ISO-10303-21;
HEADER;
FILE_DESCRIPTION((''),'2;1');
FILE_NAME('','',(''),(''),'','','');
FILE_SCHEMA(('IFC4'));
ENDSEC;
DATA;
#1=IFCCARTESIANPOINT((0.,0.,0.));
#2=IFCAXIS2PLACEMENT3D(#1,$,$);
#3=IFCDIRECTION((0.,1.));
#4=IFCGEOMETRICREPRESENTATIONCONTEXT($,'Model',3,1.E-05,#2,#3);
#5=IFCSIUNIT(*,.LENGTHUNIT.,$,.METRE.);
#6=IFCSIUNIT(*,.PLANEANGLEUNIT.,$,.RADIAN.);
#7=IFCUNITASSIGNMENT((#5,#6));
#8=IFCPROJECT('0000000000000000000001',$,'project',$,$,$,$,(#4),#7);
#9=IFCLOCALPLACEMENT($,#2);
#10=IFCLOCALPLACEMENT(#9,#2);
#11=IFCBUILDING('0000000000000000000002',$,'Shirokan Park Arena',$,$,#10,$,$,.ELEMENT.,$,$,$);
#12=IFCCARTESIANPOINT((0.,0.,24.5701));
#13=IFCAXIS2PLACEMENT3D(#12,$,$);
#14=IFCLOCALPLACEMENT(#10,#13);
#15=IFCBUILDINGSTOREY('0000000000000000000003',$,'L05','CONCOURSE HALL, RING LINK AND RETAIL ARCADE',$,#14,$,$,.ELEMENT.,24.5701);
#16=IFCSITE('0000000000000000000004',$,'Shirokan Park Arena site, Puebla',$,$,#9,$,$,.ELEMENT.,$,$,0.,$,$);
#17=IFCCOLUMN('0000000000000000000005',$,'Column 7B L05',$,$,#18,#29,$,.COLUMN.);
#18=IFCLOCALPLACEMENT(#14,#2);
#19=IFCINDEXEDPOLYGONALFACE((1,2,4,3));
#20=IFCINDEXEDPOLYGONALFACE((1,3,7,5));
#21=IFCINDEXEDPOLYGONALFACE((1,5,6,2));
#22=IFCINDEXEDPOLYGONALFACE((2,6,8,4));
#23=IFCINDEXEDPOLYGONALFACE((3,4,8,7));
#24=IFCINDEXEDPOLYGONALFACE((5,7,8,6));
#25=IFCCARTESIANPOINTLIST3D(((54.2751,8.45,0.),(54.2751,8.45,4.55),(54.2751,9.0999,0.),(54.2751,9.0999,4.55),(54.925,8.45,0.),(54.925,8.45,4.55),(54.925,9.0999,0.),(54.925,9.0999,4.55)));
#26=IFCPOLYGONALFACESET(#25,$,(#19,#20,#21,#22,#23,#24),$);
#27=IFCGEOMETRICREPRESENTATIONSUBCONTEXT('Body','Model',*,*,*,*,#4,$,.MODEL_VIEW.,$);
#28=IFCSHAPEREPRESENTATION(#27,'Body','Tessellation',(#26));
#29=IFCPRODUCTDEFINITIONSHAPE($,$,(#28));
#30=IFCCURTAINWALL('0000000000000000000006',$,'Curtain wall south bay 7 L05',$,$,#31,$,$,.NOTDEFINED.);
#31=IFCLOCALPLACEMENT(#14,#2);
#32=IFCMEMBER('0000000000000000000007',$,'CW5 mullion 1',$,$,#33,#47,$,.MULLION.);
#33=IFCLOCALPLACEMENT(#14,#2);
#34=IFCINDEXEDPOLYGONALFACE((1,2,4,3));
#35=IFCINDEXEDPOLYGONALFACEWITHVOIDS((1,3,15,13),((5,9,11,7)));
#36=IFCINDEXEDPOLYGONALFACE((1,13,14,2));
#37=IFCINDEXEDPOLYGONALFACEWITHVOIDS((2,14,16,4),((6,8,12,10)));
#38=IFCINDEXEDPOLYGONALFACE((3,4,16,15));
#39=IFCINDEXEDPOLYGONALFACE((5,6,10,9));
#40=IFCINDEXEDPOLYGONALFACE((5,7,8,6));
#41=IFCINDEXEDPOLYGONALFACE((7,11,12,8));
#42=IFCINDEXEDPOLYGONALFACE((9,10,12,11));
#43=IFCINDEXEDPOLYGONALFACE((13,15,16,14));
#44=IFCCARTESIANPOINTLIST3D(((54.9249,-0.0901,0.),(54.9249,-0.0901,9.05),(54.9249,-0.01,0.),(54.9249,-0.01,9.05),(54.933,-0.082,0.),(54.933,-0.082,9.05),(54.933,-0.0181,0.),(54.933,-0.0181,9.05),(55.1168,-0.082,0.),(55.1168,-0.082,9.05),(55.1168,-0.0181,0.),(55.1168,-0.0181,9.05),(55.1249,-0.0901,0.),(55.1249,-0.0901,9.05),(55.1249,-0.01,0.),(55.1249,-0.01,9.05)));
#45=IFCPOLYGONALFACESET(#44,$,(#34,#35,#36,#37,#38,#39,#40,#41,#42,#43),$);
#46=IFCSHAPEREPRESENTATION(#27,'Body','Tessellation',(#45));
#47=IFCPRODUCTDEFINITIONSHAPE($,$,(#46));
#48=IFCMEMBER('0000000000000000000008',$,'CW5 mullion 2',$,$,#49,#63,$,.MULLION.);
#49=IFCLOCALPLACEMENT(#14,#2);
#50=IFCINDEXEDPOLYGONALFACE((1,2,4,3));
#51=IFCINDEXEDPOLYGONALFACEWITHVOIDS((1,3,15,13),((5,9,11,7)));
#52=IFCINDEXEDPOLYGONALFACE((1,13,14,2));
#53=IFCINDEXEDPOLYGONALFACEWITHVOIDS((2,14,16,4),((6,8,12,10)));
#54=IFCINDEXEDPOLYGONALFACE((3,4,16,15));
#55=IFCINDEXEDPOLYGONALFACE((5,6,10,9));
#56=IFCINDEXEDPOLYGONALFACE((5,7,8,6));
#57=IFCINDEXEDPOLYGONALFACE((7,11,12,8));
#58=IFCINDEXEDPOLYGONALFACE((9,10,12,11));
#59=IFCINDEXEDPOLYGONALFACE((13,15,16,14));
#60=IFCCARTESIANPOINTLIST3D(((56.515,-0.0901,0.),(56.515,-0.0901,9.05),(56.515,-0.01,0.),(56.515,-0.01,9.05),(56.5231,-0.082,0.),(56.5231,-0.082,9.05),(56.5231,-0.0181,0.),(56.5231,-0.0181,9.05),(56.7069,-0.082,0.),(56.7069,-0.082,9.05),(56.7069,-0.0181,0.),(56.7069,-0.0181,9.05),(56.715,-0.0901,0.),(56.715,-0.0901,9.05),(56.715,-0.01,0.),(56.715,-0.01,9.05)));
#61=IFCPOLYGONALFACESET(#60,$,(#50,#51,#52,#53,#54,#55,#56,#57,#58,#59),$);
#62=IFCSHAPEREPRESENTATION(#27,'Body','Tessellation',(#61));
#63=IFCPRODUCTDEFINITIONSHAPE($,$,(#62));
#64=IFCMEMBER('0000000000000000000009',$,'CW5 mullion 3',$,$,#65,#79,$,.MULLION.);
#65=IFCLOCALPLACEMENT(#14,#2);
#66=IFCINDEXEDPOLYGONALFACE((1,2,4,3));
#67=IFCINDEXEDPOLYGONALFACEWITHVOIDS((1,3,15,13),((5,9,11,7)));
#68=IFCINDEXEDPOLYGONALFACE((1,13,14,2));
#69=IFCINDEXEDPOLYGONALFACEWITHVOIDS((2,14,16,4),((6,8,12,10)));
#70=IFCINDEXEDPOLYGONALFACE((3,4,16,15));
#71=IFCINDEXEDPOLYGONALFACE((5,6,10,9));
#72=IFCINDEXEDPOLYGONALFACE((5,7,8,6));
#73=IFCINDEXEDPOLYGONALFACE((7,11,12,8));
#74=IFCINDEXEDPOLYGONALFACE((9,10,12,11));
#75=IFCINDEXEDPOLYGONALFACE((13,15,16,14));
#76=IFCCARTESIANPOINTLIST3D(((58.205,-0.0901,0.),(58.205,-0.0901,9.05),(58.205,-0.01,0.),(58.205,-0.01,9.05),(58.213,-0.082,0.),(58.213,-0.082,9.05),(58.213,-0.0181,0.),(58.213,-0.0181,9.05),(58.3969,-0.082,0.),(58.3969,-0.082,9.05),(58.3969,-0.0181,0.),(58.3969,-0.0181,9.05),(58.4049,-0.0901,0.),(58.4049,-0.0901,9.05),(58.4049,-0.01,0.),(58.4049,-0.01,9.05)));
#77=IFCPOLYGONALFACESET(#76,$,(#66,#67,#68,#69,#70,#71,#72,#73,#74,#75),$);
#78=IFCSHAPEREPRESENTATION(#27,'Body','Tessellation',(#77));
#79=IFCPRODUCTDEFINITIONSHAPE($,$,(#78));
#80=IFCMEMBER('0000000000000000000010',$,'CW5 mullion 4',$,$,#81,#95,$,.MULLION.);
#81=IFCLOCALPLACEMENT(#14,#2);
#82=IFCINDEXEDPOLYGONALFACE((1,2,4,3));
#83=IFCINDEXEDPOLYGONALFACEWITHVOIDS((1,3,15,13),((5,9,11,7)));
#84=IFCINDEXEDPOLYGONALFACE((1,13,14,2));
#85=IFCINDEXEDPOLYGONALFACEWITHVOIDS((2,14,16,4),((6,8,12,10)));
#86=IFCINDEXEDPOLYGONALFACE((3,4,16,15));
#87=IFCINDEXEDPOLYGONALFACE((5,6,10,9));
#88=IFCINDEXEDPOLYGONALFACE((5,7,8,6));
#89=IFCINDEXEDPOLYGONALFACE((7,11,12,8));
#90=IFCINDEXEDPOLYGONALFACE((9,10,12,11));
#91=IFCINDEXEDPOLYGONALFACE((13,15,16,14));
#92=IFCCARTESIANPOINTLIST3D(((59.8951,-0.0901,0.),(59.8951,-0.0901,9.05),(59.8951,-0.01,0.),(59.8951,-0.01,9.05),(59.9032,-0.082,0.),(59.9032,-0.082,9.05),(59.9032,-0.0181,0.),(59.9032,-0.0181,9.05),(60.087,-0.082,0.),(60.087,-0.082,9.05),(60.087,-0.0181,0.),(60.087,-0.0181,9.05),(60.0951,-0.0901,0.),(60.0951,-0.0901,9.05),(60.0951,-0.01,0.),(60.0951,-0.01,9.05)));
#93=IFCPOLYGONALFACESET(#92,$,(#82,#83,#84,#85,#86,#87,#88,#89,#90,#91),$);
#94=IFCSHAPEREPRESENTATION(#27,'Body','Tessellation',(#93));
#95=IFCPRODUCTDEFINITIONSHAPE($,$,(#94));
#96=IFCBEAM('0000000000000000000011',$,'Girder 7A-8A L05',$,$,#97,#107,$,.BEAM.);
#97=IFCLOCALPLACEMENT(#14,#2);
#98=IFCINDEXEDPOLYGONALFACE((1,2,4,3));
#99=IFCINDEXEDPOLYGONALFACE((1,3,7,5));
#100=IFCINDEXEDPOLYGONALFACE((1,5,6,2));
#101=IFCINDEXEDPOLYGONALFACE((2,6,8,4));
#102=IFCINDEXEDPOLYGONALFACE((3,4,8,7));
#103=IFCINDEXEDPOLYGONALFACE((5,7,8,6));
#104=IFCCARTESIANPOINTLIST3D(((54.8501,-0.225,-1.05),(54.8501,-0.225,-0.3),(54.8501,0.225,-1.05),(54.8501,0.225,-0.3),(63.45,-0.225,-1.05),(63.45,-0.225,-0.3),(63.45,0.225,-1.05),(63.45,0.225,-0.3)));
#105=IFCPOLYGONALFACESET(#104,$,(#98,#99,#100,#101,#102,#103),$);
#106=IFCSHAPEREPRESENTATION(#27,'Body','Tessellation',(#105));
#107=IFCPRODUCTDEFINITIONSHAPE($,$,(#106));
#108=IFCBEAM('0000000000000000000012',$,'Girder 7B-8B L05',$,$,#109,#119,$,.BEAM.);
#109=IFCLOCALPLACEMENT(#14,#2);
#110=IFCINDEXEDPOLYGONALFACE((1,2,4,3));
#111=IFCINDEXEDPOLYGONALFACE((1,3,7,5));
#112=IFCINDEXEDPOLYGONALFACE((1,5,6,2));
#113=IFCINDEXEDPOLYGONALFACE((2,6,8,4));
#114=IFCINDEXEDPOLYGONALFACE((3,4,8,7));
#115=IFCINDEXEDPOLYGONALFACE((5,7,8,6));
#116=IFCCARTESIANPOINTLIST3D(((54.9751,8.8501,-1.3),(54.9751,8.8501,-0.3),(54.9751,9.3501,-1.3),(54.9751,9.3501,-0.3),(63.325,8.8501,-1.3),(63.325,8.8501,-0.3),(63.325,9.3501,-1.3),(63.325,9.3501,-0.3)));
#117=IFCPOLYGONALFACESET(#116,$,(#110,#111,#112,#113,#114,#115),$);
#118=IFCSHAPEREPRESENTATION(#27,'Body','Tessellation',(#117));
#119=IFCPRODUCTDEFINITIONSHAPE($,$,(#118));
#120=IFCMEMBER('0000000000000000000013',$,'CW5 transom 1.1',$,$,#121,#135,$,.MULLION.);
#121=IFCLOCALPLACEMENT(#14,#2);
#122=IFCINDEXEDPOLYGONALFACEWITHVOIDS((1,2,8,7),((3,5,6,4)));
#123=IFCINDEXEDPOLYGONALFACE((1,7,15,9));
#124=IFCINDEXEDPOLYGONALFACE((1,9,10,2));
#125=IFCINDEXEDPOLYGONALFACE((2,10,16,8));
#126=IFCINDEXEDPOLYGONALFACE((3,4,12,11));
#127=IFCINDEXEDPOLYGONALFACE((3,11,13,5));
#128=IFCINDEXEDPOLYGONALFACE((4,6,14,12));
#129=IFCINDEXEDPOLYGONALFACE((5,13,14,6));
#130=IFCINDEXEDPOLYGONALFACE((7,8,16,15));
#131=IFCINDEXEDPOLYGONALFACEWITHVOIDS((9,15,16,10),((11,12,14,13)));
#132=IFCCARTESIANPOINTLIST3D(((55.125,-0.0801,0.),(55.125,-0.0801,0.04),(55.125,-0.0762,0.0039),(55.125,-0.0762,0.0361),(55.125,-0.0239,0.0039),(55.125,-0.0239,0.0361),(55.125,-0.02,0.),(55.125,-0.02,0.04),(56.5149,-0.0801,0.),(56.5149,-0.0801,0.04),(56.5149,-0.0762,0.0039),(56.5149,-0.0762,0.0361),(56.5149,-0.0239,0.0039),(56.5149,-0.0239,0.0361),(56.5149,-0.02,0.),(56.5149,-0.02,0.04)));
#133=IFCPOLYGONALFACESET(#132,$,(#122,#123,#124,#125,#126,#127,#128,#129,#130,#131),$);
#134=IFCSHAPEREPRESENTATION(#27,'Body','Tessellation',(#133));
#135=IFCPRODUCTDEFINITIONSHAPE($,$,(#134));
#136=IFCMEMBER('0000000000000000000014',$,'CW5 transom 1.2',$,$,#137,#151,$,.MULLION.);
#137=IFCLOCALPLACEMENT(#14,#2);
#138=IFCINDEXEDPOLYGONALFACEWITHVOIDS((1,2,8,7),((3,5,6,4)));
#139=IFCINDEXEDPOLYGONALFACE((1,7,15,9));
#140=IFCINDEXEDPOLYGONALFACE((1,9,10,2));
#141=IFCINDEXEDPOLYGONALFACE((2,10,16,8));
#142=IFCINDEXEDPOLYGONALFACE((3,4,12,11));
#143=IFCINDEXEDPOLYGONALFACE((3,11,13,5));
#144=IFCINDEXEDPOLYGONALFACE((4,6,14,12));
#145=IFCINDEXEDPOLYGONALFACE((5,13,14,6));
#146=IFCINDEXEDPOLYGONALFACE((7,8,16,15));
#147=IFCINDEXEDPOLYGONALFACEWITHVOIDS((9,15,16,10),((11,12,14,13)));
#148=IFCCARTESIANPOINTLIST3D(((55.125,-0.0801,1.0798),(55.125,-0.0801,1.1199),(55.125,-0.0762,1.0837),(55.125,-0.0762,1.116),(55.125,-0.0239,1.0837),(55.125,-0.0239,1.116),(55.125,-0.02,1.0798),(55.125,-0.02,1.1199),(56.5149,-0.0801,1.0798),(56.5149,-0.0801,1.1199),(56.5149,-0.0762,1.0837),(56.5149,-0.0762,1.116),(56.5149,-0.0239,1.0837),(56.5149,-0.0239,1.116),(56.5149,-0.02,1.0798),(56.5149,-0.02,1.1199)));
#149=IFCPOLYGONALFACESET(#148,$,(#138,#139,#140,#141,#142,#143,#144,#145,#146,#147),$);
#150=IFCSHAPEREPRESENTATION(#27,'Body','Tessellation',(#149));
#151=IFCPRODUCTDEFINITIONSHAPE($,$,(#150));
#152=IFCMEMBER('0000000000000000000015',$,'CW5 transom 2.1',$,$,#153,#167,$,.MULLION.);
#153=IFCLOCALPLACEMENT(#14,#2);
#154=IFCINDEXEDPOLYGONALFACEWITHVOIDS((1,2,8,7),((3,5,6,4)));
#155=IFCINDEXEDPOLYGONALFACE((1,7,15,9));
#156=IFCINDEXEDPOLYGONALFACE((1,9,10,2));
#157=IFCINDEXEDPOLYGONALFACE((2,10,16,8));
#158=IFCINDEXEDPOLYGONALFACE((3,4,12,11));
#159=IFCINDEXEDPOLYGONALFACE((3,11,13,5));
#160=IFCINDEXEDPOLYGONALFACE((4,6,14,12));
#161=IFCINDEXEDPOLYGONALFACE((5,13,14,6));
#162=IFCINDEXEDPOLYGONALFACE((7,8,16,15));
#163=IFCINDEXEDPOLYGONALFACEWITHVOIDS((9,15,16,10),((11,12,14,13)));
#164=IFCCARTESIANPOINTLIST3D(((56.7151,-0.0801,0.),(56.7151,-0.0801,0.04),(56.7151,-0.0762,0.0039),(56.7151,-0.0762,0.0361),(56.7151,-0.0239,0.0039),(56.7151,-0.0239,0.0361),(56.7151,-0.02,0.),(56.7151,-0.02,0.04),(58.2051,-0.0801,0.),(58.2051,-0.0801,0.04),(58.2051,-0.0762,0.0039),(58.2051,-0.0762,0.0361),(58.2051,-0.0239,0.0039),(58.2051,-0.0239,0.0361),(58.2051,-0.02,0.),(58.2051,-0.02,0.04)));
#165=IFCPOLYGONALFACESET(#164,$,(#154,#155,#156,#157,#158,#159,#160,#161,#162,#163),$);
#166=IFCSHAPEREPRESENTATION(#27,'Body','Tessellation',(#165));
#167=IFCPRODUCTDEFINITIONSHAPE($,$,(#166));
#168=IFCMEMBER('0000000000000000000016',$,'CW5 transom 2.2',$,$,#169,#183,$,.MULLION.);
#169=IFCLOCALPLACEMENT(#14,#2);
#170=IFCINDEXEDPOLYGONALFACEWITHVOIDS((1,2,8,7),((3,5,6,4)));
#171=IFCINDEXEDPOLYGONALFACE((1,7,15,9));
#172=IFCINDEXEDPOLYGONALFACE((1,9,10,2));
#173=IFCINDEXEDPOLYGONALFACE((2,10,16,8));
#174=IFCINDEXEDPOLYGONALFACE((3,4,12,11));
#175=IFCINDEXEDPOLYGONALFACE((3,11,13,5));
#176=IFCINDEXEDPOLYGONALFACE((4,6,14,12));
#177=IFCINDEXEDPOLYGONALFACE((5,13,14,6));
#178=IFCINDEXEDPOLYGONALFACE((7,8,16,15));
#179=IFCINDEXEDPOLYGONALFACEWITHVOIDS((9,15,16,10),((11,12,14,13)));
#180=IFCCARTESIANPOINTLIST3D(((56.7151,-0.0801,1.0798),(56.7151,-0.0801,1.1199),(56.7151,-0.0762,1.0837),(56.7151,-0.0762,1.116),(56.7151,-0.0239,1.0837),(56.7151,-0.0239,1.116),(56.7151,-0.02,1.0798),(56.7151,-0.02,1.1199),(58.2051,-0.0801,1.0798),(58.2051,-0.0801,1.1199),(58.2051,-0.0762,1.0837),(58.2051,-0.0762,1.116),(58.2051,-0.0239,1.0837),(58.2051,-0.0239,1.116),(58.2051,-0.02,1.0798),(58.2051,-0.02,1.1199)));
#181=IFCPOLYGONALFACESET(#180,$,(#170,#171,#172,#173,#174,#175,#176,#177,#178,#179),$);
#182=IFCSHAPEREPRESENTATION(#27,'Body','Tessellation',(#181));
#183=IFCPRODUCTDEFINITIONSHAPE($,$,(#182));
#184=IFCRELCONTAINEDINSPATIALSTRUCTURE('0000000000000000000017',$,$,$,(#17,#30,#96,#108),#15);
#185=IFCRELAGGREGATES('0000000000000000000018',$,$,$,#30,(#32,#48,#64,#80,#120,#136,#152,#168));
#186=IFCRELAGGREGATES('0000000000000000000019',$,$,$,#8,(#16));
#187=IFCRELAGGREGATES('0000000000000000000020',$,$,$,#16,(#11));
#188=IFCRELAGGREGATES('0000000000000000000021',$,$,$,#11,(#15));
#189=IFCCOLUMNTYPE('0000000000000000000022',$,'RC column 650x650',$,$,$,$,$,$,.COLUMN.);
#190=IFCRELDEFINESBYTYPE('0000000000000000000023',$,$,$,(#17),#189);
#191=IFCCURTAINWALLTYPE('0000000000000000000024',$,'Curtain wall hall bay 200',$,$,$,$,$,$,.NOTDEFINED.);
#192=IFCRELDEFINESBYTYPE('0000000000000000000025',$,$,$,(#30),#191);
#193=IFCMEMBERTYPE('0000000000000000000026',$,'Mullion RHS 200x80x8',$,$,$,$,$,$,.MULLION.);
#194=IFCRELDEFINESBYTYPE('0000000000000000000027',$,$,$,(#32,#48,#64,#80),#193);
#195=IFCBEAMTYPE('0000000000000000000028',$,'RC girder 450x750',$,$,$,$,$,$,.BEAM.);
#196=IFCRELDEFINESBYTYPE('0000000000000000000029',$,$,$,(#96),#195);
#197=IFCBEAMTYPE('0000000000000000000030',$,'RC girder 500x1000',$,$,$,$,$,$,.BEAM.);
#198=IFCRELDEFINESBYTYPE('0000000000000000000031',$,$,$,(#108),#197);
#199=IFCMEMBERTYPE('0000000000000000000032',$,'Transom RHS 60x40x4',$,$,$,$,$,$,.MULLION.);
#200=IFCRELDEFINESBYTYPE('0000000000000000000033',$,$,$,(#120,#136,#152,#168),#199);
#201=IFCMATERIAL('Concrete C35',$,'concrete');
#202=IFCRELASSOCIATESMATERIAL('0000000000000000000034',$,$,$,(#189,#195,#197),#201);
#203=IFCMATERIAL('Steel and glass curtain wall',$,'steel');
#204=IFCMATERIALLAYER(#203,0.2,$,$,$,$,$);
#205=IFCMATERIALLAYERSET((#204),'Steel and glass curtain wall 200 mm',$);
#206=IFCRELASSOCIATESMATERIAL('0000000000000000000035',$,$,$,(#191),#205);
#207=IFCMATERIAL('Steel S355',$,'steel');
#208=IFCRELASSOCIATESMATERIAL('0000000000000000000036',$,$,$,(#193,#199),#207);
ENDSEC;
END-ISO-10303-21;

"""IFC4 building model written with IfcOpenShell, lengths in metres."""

from ifc_helpers import new_model, si_unit, direction, frame, origin, origin_2d, place, context, subcontext, project, spatial, rectangle, hollow_rectangle, extrude, material, layer, layer_set, material_profile, profile_set, type_object, element, aggregate, save


model = new_model("IFC4")

# Units and contexts
model_context = context("Model", 3, precision=1e-05, world=origin(), true_north=direction((0.0, 1.0)))
body_context = subcontext(model_context, "Body", "Model", "MODEL_VIEW")
ifc_project = project(units=[si_unit("LENGTHUNIT", "METRE"), si_unit("PLANEANGLEUNIT", "RADIAN")], contexts=[model_context])

# Site, building, storey
site_placement = place(None, origin())
site = spatial("IfcSite", under=ifc_project, at=site_placement, Name="Shirokan Park Arena site, Puebla", CompositionType="ELEMENT", RefElevation=0.0)
building_placement = place(site_placement, origin())
building = spatial("IfcBuilding", under=site, at=building_placement, Name="Shirokan Park Arena", CompositionType="ELEMENT")
storey_placement = place(building_placement, frame((0.0, 0.0, 24.5701)))
storey = spatial("IfcBuildingStorey", under=building, at=storey_placement, Name="L05", Description="CONCOURSE HALL, RING LINK AND RETAIL ARCADE", CompositionType="ELEMENT", Elevation=24.5701)

# Column
ifc_material_1 = material(Name="Concrete C35", Category="concrete")
ifc_material_profile_1 = material_profile(ifc_material_1, rectangle(XDim=0.6499, YDim=0.6499, at=origin_2d()), Name="650x650")
ifc_profile_set_1 = profile_set([ifc_material_profile_1], Name="Concrete C35")
column_type = type_object("IfcColumnType", Name="RC column 650x650", PredefinedType="COLUMN", material=ifc_profile_set_1)
column_placement = place(storey_placement, frame((54.6001, 8.7749, 0.0), z_axis=(0.0, 0.0, 1.0), x_axis=(1.0, 0.0, 0.0)))
element("IfcColumn", 1, at=column_placement, inside=storey, type_object=column_type, Name="Column 7B L05", PredefinedType="COLUMN", context=body_context, shape_type="SweptSolid", body=[
    extrude(rectangle(XDim=0.6499, YDim=0.6499, at=origin_2d()), origin(), (0.0, 0.0, 1.0), 4.55),
])

# Curtain wall, members
ifc_material_2 = material(Name="Steel and glass curtain wall", Category="steel")
ifc_layer_1 = layer(ifc_material_2, 0.2)
ifc_layer_set_1 = layer_set([ifc_layer_1], Name="Steel and glass curtain wall 200 mm")
curtain_wall_type = type_object("IfcCurtainWallType", Name="Curtain wall hall bay 200", PredefinedType="NOTDEFINED", material=ifc_layer_set_1)
curtain_wall_placement = place(storey_placement, origin())
curtain_wall = element("IfcCurtainWall", 2, at=curtain_wall_placement, inside=storey, type_object=curtain_wall_type, Name="Curtain wall south bay 7 L05", PredefinedType="NOTDEFINED")
ifc_material_3 = material(Name="Steel S355", Category="steel")
ifc_material_profile_2 = material_profile(ifc_material_3, hollow_rectangle(XDim=0.0801, YDim=0.2, WallThickness=0.0081, at=origin_2d()), Name="RHS 200x80x8")
ifc_profile_set_2 = profile_set([ifc_material_profile_2], Name="Steel S355")
member_type_1 = type_object("IfcMemberType", Name="Mullion RHS 200x80x8", PredefinedType="MULLION", material=ifc_profile_set_2)
member_1_placement = place(storey_placement, frame((55.0249, -0.05, 0.0), z_axis=(0.0, 0.0, 1.0), x_axis=(0.0, 1.0, 0.0)))
member_1 = element("IfcMember", 3, at=member_1_placement, type_object=member_type_1, Name="CW5 mullion 1", PredefinedType="MULLION", context=body_context, shape_type="SweptSolid", body=[
    extrude(hollow_rectangle(XDim=0.0801, YDim=0.2, WallThickness=0.0081, at=origin_2d()), origin(), (0.0, 0.0, 1.0), 9.05),
])
member_2_placement = place(storey_placement, frame((56.615, -0.05, 0.0), z_axis=(0.0, 0.0, 1.0), x_axis=(0.0, 1.0, 0.0)))
member_2 = element("IfcMember", 4, at=member_2_placement, type_object=member_type_1, Name="CW5 mullion 2", PredefinedType="MULLION", context=body_context, shape_type="SweptSolid", body=[
    extrude(hollow_rectangle(XDim=0.0801, YDim=0.2, WallThickness=0.0081, at=origin_2d()), origin(), (0.0, 0.0, 1.0), 9.05),
])
member_3_placement = place(storey_placement, frame((58.3049, -0.05, 0.0), z_axis=(0.0, 0.0, 1.0), x_axis=(0.0, 1.0, 0.0)))
member_3 = element("IfcMember", 5, at=member_3_placement, type_object=member_type_1, Name="CW5 mullion 3", PredefinedType="MULLION", context=body_context, shape_type="SweptSolid", body=[
    extrude(hollow_rectangle(XDim=0.0801, YDim=0.2, WallThickness=0.0081, at=origin_2d()), origin(), (0.0, 0.0, 1.0), 9.05),
])
member_4_placement = place(storey_placement, frame((59.9951, -0.05, 0.0), z_axis=(0.0, 0.0, 1.0), x_axis=(0.0, 1.0, 0.0)))
member_4 = element("IfcMember", 6, at=member_4_placement, type_object=member_type_1, Name="CW5 mullion 4", PredefinedType="MULLION", context=body_context, shape_type="SweptSolid", body=[
    extrude(hollow_rectangle(XDim=0.0801, YDim=0.2, WallThickness=0.0081, at=origin_2d()), origin(), (0.0, 0.0, 1.0), 9.05),
])

# Beams
ifc_material_profile_3 = material_profile(ifc_material_1, rectangle(XDim=0.45, YDim=0.75, at=origin_2d()), Name="450x750")
ifc_profile_set_3 = profile_set([ifc_material_profile_3], Name="Concrete C35")
beam_type_1 = type_object("IfcBeamType", Name="RC girder 450x750", PredefinedType="BEAM", material=ifc_profile_set_3)
beam_1_placement = place(storey_placement, frame((54.8501, 0.0, -0.675), z_axis=(1.0, 0.0, 0.0), x_axis=(0.0, 1.0, 0.0)))
element("IfcBeam", 7, at=beam_1_placement, inside=storey, type_object=beam_type_1, Name="Girder 7A-8A L05", PredefinedType="BEAM", context=body_context, shape_type="SweptSolid", body=[
    extrude(rectangle(XDim=0.45, YDim=0.75, at=origin_2d()), origin(), (0.0, 0.0, 1.0), 8.5999),
])
ifc_material_profile_4 = material_profile(ifc_material_1, rectangle(XDim=0.5, YDim=1.0, at=origin_2d()), Name="500x1000")
ifc_profile_set_4 = profile_set([ifc_material_profile_4], Name="Concrete C35")
beam_type_2 = type_object("IfcBeamType", Name="RC girder 500x1000", PredefinedType="BEAM", material=ifc_profile_set_4)
beam_2_placement = place(storey_placement, frame((54.9751, 9.1001, -0.8), z_axis=(1.0, 0.0, 0.0), x_axis=(0.0, 1.0, 0.0)))
element("IfcBeam", 8, at=beam_2_placement, inside=storey, type_object=beam_type_2, Name="Girder 7B-8B L05", PredefinedType="BEAM", context=body_context, shape_type="SweptSolid", body=[
    extrude(rectangle(XDim=0.5, YDim=1.0, at=origin_2d()), origin(), (0.0, 0.0, 1.0), 8.3499),
])

# Members
ifc_material_profile_5 = material_profile(ifc_material_3, hollow_rectangle(XDim=0.0601, YDim=0.04, WallThickness=0.0039, at=origin_2d()), Name="RHS 60x40x4")
ifc_profile_set_5 = profile_set([ifc_material_profile_5], Name="Steel S355")
member_type_2 = type_object("IfcMemberType", Name="Transom RHS 60x40x4", PredefinedType="MULLION", material=ifc_profile_set_5)
member_5_placement = place(storey_placement, frame((55.125, -0.05, 0.02), z_axis=(1.0, 0.0, 0.0), x_axis=(0.0, 1.0, 0.0)))
member_5 = element("IfcMember", 9, at=member_5_placement, type_object=member_type_2, Name="CW5 transom 1.1", PredefinedType="MULLION", context=body_context, shape_type="SweptSolid", body=[
    extrude(hollow_rectangle(XDim=0.0601, YDim=0.04, WallThickness=0.0039, at=origin_2d()), origin(), (0.0, 0.0, 1.0), 1.3899),
])
member_6_placement = place(storey_placement, frame((55.125, -0.05, 1.0999), z_axis=(1.0, 0.0, 0.0), x_axis=(0.0, 1.0, 0.0)))
member_6 = element("IfcMember", 10, at=member_6_placement, type_object=member_type_2, Name="CW5 transom 1.2", PredefinedType="MULLION", context=body_context, shape_type="SweptSolid", body=[
    extrude(hollow_rectangle(XDim=0.0601, YDim=0.04, WallThickness=0.0039, at=origin_2d()), origin(), (0.0, 0.0, 1.0), 1.3899),
])
member_7_placement = place(storey_placement, frame((56.7151, -0.05, 0.02), z_axis=(1.0, 0.0, 0.0), x_axis=(0.0, 1.0, 0.0)))
member_7 = element("IfcMember", 11, at=member_7_placement, type_object=member_type_2, Name="CW5 transom 2.1", PredefinedType="MULLION", context=body_context, shape_type="SweptSolid", body=[
    extrude(hollow_rectangle(XDim=0.0601, YDim=0.04, WallThickness=0.0039, at=origin_2d()), origin(), (0.0, 0.0, 1.0), 1.49),
])
member_8_placement = place(storey_placement, frame((56.7151, -0.05, 1.0999), z_axis=(1.0, 0.0, 0.0), x_axis=(0.0, 1.0, 0.0)))
member_8 = element("IfcMember", 12, at=member_8_placement, type_object=member_type_2, Name="CW5 transom 2.2", PredefinedType="MULLION", context=body_context, shape_type="SweptSolid", body=[
    extrude(hollow_rectangle(XDim=0.0601, YDim=0.04, WallThickness=0.0039, at=origin_2d()), origin(), (0.0, 0.0, 1.0), 1.49),
])

aggregate(curtain_wall, [member_1, member_2, member_3, member_4, member_5, member_6, member_7, member_8])

save(model, "model.ifc")
